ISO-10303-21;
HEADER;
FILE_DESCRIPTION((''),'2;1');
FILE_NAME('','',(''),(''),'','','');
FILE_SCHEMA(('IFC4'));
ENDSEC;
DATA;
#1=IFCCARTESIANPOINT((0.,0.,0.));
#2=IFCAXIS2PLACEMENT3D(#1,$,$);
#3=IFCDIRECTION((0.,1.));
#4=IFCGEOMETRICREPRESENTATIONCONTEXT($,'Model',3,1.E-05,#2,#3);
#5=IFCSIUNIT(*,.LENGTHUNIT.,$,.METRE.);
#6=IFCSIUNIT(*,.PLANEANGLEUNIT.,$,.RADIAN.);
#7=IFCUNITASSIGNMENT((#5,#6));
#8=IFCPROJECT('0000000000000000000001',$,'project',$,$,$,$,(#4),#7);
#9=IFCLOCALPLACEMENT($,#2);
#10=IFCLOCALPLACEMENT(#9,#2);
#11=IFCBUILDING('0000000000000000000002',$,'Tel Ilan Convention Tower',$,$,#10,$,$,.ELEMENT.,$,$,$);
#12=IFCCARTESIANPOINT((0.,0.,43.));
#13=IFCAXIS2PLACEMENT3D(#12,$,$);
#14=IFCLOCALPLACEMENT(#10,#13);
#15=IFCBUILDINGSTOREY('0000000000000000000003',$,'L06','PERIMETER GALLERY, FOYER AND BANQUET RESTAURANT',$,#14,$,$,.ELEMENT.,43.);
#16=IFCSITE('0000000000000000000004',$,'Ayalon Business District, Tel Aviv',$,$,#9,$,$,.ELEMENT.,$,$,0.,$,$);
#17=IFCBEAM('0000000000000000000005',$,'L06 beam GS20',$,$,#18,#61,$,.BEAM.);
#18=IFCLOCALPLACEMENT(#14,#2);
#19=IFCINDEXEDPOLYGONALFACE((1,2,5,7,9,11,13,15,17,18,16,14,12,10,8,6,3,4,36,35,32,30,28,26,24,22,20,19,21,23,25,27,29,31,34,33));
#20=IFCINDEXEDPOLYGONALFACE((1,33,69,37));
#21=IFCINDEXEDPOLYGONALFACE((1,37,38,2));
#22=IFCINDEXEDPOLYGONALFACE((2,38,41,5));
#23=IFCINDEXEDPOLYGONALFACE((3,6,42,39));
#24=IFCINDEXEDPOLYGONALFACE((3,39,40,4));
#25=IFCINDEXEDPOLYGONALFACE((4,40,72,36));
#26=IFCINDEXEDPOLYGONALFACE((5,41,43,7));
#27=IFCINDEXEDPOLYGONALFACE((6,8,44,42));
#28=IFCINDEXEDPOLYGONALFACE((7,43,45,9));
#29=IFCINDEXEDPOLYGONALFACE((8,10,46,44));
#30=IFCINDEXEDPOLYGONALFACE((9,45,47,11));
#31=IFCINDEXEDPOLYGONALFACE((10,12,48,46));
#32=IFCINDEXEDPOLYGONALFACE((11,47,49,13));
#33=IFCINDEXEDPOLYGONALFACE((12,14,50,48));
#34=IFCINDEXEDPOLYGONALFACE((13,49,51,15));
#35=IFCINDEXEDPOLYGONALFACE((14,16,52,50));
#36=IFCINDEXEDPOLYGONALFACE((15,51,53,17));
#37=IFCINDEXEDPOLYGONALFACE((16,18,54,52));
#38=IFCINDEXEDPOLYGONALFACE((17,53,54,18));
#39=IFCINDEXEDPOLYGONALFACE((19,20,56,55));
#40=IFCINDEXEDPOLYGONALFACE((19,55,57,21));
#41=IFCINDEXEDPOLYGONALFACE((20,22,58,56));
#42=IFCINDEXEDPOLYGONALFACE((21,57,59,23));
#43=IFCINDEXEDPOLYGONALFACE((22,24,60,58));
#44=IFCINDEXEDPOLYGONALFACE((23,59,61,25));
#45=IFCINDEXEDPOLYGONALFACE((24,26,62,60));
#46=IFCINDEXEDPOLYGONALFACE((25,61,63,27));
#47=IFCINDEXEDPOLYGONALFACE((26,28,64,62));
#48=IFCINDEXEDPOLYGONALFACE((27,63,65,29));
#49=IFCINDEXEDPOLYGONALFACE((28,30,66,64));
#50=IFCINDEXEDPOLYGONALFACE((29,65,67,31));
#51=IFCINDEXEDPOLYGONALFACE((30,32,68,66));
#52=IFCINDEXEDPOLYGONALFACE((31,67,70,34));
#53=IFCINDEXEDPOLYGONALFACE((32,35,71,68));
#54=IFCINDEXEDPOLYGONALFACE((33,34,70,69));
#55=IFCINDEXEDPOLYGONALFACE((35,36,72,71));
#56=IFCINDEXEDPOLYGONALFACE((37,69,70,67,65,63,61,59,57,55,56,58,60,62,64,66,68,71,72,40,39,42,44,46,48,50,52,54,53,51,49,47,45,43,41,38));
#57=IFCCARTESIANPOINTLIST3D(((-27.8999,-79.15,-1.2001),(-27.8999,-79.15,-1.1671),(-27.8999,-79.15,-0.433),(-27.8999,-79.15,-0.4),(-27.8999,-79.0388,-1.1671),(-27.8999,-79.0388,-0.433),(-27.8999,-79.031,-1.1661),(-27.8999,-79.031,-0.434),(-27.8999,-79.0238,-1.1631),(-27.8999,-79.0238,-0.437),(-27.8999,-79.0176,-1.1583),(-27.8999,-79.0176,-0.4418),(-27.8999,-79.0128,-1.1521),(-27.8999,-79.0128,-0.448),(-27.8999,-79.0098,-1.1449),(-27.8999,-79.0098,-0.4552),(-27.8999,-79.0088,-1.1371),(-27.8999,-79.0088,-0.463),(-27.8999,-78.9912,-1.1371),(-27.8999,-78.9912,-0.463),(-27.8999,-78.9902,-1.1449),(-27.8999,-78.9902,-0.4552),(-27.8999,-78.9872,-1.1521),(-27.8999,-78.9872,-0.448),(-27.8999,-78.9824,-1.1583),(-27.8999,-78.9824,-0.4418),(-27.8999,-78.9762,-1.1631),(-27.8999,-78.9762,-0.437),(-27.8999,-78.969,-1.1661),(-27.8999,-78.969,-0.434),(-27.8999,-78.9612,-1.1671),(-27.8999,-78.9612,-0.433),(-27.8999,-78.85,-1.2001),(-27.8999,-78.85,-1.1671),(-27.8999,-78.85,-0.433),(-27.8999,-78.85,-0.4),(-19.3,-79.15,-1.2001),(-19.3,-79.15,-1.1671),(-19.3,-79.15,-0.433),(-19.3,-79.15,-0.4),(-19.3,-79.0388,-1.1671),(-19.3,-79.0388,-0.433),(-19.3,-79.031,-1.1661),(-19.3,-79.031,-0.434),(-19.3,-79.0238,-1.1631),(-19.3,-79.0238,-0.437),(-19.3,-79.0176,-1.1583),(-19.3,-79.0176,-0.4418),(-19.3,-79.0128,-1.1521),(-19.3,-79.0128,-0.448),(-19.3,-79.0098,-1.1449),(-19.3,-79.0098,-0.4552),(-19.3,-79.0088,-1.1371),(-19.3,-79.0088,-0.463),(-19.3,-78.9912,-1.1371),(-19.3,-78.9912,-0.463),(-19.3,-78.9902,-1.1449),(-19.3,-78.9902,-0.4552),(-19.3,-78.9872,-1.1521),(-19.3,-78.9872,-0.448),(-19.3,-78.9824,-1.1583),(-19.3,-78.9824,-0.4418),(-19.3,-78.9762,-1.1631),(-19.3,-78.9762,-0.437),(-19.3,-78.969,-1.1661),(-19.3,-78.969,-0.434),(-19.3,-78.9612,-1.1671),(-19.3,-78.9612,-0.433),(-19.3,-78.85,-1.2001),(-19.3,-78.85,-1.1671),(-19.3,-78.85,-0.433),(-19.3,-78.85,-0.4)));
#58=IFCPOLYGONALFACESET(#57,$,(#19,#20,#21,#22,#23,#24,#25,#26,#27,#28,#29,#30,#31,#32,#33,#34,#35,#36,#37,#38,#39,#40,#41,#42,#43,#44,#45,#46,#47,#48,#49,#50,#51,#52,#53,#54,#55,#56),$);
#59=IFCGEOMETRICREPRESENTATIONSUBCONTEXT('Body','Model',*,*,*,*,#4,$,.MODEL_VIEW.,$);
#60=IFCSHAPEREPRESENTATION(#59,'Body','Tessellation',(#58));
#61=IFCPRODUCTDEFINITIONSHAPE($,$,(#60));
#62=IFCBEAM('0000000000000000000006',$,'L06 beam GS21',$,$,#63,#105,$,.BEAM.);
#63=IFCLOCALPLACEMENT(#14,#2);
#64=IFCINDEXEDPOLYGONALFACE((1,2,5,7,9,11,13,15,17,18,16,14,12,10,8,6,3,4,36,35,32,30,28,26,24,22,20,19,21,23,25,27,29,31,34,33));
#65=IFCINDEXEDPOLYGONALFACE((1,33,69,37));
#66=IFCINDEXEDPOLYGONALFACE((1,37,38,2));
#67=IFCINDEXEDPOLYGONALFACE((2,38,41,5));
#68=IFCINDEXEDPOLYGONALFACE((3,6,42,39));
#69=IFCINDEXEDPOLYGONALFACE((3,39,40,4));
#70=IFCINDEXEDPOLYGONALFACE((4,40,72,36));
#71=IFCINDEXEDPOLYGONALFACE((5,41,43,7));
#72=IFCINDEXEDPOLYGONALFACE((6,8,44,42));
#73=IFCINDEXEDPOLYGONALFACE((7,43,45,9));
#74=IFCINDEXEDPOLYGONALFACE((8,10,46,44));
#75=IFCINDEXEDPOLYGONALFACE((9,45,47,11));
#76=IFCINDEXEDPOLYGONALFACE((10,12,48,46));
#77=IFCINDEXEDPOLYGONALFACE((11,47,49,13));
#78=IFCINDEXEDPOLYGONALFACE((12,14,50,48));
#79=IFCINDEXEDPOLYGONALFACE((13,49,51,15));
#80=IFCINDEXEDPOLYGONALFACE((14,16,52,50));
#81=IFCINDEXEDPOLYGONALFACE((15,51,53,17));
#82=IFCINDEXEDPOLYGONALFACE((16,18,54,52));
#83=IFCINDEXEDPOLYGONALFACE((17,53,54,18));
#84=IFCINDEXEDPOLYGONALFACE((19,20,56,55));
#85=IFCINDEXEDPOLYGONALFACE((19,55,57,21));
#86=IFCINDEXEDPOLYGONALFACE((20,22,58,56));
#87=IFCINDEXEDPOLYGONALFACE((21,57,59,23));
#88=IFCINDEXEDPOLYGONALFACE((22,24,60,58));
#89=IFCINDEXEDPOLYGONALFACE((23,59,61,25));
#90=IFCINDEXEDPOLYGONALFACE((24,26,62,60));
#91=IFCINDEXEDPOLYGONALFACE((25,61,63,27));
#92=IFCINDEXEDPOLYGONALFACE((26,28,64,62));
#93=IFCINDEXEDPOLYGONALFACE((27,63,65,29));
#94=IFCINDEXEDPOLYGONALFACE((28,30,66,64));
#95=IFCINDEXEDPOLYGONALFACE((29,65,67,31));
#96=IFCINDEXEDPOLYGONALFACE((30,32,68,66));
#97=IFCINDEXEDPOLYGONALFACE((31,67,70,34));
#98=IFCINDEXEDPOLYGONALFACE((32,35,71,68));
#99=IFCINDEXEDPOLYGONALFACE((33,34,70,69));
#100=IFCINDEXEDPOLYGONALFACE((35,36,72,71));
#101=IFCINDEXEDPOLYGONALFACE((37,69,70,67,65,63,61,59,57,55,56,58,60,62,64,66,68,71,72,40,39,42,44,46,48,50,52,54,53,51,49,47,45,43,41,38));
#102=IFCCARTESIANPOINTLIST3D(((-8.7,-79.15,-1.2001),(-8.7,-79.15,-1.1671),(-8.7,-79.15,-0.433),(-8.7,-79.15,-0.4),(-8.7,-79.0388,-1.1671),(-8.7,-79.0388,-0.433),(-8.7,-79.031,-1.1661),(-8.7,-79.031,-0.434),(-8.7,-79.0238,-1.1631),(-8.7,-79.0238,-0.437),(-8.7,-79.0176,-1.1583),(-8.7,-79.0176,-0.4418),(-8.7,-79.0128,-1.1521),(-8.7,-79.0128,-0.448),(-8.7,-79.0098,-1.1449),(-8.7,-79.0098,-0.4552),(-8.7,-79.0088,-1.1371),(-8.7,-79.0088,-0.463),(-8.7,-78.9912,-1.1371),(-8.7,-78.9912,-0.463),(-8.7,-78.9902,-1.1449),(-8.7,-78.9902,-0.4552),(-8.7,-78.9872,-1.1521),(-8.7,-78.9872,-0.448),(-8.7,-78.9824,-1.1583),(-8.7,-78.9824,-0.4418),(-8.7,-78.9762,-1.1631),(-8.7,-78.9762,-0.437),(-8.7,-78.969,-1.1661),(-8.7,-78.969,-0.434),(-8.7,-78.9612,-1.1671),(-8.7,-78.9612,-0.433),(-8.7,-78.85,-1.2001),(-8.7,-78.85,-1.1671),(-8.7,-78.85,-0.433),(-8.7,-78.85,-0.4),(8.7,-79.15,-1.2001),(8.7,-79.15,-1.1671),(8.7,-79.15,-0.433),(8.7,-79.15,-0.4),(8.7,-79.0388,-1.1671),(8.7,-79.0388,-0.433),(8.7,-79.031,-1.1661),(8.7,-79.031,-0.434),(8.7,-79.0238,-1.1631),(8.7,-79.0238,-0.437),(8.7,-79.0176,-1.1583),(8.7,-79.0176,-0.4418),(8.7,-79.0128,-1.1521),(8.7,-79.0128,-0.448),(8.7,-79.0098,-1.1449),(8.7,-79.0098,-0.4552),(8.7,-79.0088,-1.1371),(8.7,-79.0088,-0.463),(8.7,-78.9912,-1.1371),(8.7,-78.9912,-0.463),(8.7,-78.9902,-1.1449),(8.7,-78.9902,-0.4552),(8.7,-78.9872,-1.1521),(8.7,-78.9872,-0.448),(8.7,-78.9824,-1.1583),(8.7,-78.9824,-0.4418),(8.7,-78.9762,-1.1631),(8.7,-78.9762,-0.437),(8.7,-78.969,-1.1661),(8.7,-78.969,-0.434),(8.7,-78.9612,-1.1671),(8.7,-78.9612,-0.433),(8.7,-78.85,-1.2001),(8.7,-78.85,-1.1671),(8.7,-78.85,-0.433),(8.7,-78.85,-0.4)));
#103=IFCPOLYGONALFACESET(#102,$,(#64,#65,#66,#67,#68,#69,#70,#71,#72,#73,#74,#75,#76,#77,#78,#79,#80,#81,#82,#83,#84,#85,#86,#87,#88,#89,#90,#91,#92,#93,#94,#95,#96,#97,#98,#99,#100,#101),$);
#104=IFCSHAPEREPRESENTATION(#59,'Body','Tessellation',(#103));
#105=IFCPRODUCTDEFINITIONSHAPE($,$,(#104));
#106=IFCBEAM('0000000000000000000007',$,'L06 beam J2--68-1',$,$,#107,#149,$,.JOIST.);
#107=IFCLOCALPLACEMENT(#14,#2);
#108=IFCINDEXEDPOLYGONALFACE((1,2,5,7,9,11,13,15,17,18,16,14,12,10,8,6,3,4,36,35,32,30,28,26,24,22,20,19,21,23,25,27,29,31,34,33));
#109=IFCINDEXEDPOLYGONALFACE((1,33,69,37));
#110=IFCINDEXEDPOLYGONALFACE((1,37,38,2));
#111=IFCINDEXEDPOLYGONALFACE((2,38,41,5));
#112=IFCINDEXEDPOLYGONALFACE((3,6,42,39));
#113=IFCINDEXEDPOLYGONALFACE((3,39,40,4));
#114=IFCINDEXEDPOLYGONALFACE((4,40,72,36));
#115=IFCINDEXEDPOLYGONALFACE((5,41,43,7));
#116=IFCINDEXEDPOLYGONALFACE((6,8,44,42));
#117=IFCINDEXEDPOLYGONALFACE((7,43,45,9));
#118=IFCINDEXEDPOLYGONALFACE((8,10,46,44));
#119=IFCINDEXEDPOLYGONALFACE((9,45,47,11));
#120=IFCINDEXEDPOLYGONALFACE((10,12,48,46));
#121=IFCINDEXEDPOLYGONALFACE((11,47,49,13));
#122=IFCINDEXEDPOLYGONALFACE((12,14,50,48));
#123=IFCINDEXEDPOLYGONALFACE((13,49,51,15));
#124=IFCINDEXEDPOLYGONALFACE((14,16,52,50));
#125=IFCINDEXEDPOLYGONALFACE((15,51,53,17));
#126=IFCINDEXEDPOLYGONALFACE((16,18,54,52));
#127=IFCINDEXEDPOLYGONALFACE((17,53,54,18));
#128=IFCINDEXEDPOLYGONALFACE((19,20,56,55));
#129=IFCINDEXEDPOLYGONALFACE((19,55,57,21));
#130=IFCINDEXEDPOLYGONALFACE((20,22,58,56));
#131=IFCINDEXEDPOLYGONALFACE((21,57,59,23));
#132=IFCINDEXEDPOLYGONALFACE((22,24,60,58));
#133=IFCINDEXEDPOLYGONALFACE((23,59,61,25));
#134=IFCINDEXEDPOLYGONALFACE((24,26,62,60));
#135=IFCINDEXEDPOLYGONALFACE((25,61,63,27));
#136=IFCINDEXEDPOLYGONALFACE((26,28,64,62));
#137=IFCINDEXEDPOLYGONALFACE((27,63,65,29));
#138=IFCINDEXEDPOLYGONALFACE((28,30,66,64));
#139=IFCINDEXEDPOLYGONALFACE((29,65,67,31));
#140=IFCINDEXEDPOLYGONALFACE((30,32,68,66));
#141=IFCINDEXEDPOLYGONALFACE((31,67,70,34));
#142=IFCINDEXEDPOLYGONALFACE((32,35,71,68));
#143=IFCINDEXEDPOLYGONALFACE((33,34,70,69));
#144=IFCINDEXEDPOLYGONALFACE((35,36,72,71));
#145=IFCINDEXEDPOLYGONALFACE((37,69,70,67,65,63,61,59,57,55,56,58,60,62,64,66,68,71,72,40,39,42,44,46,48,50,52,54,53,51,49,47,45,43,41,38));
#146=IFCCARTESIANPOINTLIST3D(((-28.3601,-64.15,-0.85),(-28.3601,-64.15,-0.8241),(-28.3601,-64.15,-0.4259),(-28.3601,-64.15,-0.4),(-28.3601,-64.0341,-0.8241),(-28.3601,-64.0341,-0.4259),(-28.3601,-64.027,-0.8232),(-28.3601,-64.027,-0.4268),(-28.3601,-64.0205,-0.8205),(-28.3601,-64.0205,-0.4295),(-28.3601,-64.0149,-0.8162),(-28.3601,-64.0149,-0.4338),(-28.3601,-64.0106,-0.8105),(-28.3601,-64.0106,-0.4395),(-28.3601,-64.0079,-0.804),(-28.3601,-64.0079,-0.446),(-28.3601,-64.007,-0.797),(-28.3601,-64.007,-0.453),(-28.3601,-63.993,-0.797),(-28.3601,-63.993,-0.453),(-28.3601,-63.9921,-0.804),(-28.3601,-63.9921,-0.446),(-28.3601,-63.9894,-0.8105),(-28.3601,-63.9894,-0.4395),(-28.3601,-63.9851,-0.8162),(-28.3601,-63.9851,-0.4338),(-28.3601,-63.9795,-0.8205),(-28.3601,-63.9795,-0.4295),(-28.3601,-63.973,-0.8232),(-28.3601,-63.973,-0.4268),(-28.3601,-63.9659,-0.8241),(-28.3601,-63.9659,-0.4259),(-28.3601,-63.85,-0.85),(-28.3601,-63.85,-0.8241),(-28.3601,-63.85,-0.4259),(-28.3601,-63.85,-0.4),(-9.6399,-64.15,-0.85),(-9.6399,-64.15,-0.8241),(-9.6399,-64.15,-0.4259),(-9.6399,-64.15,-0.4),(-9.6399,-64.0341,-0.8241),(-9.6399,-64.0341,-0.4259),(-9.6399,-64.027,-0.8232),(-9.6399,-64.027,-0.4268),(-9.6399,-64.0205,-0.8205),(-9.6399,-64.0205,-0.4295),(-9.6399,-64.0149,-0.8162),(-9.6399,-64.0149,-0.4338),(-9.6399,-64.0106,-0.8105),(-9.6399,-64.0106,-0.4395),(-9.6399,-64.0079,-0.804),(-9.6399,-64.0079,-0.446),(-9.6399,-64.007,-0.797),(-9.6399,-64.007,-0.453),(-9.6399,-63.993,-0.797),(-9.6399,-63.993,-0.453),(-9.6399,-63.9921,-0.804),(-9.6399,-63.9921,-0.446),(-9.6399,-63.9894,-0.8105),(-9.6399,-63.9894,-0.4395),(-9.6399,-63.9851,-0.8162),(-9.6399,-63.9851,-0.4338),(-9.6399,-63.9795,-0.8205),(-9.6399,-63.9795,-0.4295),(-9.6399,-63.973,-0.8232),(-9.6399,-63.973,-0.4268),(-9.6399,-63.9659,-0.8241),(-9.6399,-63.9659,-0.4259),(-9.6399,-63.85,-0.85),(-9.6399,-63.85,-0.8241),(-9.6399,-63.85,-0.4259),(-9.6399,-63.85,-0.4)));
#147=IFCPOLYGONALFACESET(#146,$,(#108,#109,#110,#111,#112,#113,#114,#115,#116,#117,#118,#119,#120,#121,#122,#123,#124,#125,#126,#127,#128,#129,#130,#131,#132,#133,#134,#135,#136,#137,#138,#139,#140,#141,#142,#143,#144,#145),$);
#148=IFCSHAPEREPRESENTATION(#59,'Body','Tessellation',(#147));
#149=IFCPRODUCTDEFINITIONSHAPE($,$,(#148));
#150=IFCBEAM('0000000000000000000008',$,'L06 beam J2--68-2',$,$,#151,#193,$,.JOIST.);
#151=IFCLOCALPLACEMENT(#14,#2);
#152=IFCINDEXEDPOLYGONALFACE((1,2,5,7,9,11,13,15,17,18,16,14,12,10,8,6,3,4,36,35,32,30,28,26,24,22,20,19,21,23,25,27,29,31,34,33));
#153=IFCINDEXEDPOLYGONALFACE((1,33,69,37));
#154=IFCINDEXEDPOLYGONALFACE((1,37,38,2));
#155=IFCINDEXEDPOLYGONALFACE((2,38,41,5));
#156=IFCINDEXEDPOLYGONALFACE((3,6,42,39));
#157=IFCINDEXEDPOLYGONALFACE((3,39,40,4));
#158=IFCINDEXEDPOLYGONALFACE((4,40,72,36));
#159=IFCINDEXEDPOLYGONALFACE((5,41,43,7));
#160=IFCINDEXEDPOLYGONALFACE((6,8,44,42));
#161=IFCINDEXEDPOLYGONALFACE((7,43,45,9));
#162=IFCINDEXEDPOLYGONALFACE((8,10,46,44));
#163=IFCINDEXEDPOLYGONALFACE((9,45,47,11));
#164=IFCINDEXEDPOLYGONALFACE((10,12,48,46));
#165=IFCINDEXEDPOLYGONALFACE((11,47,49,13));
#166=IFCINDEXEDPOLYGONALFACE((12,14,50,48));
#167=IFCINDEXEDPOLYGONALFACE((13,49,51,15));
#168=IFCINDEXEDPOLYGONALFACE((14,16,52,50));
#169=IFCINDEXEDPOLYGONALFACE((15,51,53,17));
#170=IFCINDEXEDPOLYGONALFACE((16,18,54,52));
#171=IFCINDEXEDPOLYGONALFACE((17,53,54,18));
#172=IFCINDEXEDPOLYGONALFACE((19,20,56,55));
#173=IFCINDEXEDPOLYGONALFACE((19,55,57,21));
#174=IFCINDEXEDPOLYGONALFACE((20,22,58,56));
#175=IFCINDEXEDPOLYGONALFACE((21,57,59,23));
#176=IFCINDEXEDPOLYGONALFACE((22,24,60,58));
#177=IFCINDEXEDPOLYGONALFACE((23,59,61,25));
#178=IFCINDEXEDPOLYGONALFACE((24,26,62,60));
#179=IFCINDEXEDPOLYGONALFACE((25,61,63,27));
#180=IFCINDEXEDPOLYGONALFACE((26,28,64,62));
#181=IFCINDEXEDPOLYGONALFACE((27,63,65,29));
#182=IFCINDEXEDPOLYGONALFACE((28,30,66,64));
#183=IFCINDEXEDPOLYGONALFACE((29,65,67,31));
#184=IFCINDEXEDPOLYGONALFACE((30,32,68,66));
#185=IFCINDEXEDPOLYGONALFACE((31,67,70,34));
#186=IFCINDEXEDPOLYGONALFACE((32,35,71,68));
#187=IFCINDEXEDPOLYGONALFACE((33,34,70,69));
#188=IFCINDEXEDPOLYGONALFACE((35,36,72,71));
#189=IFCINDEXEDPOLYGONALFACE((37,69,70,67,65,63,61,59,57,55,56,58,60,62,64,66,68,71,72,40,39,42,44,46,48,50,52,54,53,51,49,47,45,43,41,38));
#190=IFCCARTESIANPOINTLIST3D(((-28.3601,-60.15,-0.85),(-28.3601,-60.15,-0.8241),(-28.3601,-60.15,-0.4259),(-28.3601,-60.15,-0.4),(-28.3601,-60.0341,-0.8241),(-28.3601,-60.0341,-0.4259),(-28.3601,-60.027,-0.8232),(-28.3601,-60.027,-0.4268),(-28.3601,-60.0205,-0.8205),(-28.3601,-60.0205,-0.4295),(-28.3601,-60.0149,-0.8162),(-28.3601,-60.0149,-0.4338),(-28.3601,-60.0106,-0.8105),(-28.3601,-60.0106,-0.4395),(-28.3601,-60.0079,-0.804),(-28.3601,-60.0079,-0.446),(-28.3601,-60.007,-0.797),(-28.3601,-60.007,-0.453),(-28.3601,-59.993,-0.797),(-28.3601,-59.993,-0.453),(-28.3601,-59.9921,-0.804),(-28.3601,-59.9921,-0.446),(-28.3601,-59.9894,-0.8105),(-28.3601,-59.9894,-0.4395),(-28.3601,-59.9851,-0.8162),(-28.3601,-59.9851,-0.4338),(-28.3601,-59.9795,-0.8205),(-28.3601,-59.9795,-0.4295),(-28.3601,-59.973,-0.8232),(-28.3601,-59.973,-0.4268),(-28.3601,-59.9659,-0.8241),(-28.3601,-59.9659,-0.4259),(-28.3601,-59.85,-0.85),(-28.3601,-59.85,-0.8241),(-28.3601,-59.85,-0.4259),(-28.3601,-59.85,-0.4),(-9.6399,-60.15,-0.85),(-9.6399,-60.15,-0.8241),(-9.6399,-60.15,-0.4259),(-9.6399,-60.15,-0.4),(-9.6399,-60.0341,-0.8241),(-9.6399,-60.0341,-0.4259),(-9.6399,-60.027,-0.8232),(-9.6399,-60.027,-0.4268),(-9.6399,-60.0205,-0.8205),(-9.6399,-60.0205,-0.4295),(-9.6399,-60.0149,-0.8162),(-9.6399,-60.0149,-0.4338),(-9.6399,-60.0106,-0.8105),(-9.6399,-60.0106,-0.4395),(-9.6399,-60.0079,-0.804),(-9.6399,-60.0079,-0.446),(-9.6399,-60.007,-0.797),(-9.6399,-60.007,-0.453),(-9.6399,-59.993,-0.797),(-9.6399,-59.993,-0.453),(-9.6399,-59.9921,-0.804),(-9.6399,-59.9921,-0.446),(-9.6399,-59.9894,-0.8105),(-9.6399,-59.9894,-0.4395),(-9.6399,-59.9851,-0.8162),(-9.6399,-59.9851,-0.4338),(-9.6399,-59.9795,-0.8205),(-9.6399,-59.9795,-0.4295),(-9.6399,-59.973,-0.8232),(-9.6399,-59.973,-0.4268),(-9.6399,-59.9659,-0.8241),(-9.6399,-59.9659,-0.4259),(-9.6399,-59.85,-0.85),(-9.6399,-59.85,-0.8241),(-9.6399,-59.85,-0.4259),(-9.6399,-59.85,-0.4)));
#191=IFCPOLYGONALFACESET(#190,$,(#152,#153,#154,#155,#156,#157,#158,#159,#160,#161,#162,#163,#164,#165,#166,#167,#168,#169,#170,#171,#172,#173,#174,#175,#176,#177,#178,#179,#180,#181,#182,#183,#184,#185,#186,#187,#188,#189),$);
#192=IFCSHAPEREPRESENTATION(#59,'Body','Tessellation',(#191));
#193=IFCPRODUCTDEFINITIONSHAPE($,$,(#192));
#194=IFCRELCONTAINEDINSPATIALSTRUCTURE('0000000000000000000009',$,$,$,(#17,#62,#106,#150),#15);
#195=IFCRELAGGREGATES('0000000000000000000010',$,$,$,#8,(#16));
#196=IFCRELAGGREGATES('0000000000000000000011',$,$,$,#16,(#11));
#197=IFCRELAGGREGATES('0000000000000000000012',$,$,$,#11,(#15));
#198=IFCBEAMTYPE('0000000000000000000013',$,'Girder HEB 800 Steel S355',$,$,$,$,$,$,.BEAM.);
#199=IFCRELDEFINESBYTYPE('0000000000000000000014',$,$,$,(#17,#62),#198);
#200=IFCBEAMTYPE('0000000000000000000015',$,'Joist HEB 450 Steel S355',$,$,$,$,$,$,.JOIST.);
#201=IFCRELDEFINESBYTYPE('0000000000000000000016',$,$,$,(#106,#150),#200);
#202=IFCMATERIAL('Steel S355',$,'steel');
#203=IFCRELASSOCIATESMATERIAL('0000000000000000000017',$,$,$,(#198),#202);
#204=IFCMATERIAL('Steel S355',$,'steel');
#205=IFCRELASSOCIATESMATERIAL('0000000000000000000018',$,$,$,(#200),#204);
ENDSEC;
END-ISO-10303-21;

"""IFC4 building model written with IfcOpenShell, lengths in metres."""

from ifc_helpers import new_model, si_unit, direction, frame, origin, origin_2d, place, context, subcontext, project, spatial, i_section, extrude, material, material_profile, profile_set, type_object, element, save


model = new_model("IFC4")

# Units and contexts
model_context = context("Model", 3, precision=1e-05, world=origin(), true_north=direction((0.0, 1.0)))
body_context = subcontext(model_context, "Body", "Model", "MODEL_VIEW")
ifc_project = project(units=[si_unit("LENGTHUNIT", "METRE"), si_unit("PLANEANGLEUNIT", "RADIAN")], contexts=[model_context])

# Site, building, storey
site_placement = place(None, origin())
site = spatial("IfcSite", under=ifc_project, at=site_placement, Name="Ayalon Business District, Tel Aviv", CompositionType="ELEMENT", RefElevation=0.0)
building_placement = place(site_placement, origin())
building = spatial("IfcBuilding", under=site, at=building_placement, Name="Tel Ilan Convention Tower", CompositionType="ELEMENT")
storey_placement = place(building_placement, frame((0.0, 0.0, 43.0)))
storey = spatial("IfcBuildingStorey", under=building, at=storey_placement, Name="L06", Description="PERIMETER GALLERY, FOYER AND BANQUET RESTAURANT", CompositionType="ELEMENT", Elevation=43.0)

# Beams
ifc_material_1 = material(Name="Steel S355", Category="steel")
ifc_material_profile_1 = material_profile(ifc_material_1, i_section(OverallWidth=0.3, OverallDepth=0.8, WebThickness=0.0176, FlangeThickness=0.033, FilletRadius=0.03, at=origin_2d()), Name="HEB 800")
ifc_profile_set_1 = profile_set([ifc_material_profile_1], Name="Steel S355")
beam_type_1 = type_object("IfcBeamType", Name="Girder HEB 800 Steel S355", PredefinedType="BEAM", material=ifc_profile_set_1)
beam_1_placement = place(storey_placement, frame((-27.8999, -79.0, -0.8), z_axis=(1.0, 0.0, 0.0), x_axis=(0.0, 1.0, 0.0)))
element("IfcBeam", 1, at=beam_1_placement, inside=storey, type_object=beam_type_1, Name="L06 beam GS20", PredefinedType="BEAM", context=body_context, shape_type="SweptSolid", body=[
    extrude(i_section(OverallWidth=0.3, OverallDepth=0.8, WebThickness=0.0176, FlangeThickness=0.033, FilletRadius=0.03, at=origin_2d()), origin(), (0.0, 0.0, 1.0), 8.5999),
])
beam_2_placement = place(storey_placement, frame((-8.7, -79.0, -0.8), z_axis=(1.0, 0.0, 0.0), x_axis=(0.0, 1.0, 0.0)))
element("IfcBeam", 2, at=beam_2_placement, inside=storey, type_object=beam_type_1, Name="L06 beam GS21", PredefinedType="BEAM", context=body_context, shape_type="SweptSolid", body=[
    extrude(i_section(OverallWidth=0.3, OverallDepth=0.8, WebThickness=0.0176, FlangeThickness=0.033, FilletRadius=0.03, at=origin_2d()), origin(), (0.0, 0.0, 1.0), 17.3999),
])
ifc_material_2 = material(Name="Steel S355", Category="steel")
ifc_material_profile_2 = material_profile(ifc_material_2, i_section(OverallWidth=0.3, OverallDepth=0.45, WebThickness=0.0139, FlangeThickness=0.0259, FilletRadius=0.0271, at=origin_2d()), Name="HEB 450")
ifc_profile_set_2 = profile_set([ifc_material_profile_2], Name="Steel S355")
beam_type_2 = type_object("IfcBeamType", Name="Joist HEB 450 Steel S355", PredefinedType="JOIST", material=ifc_profile_set_2)
for number, where, z_axis, x_axis, name in (
    (3, (-28.3601, -64.0, -0.625), (1.0, 0.0, 0.0), (0.0, 1.0, 0.0), "L06 beam J2--68-1"),
    (4, (-28.3601, -60.0, -0.625), (1.0, 0.0, 0.0), (0.0, 1.0, 0.0), "L06 beam J2--68-2"),
):
    element("IfcBeam", number, at=place(storey_placement, frame(where, z_axis=z_axis, x_axis=x_axis)), inside=storey, type_object=beam_type_2, Name=name, PredefinedType="JOIST", context=body_context, shape_type="SweptSolid", body=[
        extrude(i_section(OverallWidth=0.3, OverallDepth=0.45, WebThickness=0.0139, FlangeThickness=0.0259, FilletRadius=0.0271, at=origin_2d()), origin(), (0.0, 0.0, 1.0), 18.7202),
    ])

save(model, "model.ifc")
